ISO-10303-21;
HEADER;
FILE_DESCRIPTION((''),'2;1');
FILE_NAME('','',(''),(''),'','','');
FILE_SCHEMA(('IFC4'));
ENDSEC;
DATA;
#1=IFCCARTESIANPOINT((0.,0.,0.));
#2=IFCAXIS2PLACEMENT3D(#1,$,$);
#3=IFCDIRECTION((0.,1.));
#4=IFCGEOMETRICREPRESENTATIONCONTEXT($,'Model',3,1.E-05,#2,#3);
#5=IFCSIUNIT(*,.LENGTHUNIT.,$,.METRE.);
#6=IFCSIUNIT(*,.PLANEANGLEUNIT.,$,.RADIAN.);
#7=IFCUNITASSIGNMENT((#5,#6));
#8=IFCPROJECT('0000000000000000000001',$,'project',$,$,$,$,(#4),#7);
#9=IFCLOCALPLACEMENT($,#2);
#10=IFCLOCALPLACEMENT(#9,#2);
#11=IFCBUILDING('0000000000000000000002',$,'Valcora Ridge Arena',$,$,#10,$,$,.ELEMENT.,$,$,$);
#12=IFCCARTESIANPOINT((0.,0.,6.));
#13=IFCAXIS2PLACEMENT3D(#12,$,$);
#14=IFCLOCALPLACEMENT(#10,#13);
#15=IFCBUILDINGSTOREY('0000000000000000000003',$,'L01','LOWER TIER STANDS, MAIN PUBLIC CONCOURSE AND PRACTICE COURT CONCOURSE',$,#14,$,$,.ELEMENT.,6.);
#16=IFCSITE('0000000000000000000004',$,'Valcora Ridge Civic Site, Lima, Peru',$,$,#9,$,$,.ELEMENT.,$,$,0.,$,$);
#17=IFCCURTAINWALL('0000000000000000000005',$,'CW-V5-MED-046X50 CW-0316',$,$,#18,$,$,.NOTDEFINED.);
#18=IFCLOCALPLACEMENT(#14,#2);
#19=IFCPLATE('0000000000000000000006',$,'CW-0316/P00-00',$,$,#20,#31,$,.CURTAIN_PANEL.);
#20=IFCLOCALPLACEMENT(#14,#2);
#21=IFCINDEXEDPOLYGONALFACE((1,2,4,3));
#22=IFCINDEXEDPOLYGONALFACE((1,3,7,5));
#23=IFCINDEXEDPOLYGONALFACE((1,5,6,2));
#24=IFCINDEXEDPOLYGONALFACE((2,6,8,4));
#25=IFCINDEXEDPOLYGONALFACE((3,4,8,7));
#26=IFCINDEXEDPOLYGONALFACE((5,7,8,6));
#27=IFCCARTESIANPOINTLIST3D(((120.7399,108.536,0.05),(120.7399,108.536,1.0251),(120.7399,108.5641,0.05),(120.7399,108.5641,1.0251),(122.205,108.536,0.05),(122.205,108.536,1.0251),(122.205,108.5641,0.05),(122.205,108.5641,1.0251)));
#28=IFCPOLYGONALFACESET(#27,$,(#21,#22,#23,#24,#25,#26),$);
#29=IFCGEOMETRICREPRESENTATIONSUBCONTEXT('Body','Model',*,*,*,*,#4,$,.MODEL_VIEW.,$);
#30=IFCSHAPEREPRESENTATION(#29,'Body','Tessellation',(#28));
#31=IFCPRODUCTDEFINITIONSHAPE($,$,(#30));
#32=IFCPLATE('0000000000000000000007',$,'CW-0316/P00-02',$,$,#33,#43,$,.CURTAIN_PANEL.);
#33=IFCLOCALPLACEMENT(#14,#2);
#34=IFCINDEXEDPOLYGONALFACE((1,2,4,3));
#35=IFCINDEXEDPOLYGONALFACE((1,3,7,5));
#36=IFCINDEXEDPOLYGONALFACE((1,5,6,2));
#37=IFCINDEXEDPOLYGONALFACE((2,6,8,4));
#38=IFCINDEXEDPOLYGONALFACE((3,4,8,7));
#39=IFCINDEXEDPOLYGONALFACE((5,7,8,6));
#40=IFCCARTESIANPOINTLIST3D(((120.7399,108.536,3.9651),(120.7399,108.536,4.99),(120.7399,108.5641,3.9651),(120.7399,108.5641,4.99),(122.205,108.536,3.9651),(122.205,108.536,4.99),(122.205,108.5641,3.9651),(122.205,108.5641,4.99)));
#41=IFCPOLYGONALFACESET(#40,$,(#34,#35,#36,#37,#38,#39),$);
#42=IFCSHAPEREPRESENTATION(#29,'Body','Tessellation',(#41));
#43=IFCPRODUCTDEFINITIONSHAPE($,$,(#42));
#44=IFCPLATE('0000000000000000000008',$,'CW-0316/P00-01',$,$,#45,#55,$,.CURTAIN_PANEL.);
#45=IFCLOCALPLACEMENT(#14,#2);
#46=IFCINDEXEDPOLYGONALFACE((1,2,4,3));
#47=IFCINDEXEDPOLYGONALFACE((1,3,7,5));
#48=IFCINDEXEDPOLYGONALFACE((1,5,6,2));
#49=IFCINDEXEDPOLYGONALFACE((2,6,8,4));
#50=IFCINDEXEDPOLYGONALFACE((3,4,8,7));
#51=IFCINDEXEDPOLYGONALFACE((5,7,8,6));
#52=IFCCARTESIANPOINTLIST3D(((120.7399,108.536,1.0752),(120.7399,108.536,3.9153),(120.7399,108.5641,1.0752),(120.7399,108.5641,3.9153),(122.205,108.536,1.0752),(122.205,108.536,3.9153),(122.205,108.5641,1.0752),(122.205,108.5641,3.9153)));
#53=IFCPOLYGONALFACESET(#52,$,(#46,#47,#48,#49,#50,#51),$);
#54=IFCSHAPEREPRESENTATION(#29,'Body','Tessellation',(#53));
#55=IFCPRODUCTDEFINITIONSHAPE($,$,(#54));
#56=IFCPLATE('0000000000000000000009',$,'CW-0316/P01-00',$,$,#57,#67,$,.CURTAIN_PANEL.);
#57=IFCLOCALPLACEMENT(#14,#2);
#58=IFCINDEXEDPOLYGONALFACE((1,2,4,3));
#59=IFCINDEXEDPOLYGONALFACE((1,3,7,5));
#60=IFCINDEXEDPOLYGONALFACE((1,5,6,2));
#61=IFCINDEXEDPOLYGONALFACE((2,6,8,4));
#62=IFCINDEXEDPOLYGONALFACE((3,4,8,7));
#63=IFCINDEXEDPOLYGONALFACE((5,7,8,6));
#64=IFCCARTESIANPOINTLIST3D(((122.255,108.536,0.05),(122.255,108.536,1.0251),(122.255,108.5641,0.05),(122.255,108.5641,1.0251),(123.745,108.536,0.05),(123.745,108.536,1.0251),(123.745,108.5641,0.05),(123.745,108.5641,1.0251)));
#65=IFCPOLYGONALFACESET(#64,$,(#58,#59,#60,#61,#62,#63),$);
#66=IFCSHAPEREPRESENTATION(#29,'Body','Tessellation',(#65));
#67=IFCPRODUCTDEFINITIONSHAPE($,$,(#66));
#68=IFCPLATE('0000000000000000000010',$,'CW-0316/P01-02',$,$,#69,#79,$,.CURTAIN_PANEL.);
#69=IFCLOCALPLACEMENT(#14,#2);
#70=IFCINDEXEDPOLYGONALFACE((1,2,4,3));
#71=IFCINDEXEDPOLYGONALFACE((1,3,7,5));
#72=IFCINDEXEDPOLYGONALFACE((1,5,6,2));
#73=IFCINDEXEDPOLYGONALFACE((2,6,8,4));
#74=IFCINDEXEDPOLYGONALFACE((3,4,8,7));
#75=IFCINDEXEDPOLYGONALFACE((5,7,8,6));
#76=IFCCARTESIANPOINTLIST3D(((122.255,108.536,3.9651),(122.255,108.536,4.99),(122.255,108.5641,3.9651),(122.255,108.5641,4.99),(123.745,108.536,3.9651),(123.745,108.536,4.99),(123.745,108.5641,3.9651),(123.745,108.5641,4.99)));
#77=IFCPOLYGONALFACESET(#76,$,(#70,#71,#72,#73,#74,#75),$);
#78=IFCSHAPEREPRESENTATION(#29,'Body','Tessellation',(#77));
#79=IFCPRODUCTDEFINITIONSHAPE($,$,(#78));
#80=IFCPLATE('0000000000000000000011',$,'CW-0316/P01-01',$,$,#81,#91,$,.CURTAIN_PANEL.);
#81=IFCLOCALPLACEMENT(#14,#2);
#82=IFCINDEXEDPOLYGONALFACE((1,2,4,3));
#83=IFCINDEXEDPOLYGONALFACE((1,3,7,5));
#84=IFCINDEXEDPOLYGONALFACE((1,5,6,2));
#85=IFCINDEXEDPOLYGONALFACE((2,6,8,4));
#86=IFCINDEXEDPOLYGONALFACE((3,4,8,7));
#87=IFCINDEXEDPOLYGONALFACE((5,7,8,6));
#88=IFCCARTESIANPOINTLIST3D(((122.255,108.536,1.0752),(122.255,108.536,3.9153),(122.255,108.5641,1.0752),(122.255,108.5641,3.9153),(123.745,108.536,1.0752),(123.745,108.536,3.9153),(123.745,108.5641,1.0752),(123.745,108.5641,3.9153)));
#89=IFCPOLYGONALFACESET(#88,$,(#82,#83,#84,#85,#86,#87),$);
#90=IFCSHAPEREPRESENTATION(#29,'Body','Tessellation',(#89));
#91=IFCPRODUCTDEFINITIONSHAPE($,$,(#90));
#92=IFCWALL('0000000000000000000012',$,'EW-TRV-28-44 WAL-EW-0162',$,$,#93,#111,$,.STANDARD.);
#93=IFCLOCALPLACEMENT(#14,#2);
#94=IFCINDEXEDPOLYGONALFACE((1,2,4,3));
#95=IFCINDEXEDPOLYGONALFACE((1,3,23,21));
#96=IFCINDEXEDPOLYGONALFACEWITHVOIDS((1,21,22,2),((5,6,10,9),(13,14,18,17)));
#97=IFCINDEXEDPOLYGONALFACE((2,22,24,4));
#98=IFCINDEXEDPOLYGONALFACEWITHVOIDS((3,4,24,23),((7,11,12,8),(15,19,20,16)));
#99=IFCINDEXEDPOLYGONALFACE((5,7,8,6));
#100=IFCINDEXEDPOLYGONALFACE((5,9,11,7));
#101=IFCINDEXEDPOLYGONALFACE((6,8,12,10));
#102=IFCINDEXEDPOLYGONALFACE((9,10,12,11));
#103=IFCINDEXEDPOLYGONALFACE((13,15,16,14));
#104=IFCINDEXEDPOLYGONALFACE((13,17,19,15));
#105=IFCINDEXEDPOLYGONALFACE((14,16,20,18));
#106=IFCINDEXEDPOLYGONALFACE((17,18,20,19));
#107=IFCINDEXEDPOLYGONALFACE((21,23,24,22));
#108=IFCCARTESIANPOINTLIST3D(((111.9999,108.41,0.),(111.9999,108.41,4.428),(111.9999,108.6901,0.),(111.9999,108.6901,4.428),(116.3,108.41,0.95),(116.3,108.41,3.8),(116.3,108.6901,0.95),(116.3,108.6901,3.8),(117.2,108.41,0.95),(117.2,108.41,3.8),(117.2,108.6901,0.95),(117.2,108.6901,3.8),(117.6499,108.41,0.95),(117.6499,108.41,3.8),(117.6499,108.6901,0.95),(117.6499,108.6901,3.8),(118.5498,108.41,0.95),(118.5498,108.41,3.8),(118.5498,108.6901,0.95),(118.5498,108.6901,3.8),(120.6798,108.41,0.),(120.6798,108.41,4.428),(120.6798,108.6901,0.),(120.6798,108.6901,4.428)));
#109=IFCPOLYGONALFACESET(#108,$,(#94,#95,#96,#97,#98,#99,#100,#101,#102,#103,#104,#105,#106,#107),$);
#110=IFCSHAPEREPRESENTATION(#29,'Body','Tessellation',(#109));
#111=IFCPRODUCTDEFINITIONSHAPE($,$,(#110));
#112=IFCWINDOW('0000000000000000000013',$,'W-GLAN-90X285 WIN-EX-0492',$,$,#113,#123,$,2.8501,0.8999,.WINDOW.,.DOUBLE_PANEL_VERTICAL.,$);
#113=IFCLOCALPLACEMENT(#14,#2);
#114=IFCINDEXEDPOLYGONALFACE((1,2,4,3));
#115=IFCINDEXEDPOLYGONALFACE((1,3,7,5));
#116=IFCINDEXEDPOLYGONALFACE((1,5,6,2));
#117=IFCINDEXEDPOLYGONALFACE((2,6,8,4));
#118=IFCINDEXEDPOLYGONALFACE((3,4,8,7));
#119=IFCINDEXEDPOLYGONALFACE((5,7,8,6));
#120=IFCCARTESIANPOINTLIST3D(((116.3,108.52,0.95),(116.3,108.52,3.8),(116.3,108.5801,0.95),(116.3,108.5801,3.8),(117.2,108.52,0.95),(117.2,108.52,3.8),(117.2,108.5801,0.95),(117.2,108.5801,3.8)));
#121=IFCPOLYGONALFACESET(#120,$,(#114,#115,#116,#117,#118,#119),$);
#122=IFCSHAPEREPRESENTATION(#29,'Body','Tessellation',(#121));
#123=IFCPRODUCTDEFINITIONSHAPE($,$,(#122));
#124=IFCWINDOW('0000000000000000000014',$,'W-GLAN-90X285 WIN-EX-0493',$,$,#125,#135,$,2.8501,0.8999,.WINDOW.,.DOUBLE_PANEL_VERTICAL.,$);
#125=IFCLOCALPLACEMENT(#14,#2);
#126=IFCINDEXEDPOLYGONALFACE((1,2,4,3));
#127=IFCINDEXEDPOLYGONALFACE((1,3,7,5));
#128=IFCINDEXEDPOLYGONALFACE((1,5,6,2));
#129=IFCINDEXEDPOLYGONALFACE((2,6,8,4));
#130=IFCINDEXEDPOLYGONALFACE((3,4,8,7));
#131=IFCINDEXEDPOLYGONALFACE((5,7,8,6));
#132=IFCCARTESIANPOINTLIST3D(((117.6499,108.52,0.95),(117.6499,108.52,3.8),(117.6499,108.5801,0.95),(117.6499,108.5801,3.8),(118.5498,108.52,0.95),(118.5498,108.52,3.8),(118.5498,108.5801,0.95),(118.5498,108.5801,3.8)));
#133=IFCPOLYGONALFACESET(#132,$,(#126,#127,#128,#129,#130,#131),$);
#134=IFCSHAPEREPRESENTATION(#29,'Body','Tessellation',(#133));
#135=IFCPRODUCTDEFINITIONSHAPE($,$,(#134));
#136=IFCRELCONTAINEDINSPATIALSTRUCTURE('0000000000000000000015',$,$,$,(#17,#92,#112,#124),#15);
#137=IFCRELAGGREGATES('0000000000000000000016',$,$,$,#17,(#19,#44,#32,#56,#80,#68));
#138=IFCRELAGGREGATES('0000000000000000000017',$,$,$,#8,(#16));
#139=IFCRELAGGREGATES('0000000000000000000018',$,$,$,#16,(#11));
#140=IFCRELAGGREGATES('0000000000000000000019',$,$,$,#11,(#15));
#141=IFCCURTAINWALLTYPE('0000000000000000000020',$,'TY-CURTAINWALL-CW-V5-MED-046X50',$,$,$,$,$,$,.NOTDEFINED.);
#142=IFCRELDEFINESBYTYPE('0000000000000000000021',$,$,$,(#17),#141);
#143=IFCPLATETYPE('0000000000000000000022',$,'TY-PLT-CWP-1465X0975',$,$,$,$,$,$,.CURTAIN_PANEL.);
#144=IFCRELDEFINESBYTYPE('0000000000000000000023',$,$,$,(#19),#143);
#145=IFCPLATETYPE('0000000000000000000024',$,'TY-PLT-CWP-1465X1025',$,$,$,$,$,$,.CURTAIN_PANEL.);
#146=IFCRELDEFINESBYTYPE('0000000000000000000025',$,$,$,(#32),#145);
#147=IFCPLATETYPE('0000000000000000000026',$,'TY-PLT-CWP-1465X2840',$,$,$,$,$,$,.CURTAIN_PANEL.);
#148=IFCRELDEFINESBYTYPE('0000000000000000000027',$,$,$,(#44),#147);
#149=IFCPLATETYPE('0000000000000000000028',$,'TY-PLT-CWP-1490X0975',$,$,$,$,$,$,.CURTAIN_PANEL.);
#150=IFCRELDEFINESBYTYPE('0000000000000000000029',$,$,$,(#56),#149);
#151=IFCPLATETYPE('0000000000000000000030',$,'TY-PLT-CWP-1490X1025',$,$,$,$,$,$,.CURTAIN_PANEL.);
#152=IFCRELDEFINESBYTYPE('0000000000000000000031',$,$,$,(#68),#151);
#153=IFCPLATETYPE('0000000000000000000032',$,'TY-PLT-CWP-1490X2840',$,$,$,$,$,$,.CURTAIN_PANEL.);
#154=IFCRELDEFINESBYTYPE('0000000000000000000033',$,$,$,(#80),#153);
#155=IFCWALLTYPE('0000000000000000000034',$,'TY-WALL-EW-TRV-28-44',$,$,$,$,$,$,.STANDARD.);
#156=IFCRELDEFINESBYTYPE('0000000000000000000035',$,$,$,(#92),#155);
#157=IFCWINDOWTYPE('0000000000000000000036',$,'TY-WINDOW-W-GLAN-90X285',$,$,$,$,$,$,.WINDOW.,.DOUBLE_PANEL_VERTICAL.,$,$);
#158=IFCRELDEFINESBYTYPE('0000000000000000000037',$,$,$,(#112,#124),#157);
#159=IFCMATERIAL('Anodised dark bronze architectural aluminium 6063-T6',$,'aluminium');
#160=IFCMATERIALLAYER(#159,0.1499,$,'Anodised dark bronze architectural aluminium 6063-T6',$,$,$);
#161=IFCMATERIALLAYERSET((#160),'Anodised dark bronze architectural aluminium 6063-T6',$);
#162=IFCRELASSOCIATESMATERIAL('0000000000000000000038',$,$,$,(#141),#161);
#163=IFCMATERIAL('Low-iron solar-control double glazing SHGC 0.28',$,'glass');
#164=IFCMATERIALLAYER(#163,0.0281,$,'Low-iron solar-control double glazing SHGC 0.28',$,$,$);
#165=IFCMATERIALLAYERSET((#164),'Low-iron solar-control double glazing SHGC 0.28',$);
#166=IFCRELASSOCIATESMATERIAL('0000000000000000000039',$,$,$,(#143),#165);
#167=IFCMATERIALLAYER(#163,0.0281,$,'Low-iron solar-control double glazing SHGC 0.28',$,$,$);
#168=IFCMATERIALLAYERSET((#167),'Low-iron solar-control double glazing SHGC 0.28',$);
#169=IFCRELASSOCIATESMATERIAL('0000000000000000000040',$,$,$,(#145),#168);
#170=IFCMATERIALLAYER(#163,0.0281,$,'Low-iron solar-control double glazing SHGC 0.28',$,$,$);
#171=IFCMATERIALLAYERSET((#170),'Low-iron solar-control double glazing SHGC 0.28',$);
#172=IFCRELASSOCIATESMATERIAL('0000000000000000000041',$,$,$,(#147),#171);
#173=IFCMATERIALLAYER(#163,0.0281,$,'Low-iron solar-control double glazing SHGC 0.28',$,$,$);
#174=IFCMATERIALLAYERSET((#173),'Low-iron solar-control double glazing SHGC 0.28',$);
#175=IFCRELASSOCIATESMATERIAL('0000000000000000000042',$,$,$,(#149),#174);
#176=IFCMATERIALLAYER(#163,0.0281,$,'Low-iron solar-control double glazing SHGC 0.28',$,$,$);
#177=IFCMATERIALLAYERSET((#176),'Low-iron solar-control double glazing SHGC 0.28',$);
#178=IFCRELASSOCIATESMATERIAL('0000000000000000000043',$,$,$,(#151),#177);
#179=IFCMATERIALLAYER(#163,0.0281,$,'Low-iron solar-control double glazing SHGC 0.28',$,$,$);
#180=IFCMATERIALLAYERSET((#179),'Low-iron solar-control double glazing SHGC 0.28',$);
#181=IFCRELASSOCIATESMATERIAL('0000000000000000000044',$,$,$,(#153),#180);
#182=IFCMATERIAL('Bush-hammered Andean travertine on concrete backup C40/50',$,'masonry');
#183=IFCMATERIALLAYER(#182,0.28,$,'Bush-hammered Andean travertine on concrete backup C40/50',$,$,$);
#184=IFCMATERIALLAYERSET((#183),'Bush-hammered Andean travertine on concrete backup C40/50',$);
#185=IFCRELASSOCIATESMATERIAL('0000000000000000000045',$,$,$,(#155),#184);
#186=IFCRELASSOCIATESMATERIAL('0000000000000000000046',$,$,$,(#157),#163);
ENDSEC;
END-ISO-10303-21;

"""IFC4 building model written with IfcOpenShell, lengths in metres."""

from ifc_helpers import new_model, si_unit, direction, frame, frame_2d, origin, origin_2d, place, context, subcontext, project, spatial, rectangle, extrude, material, layer, layer_set, type_object, element, fill, aggregate, save


model = new_model("IFC4")

# Units and contexts
model_context = context("Model", 3, precision=1e-05, world=origin(), true_north=direction((0.0, 1.0)))
body_context = subcontext(model_context, "Body", "Model", "MODEL_VIEW")
ifc_project = project(units=[si_unit("LENGTHUNIT", "METRE"), si_unit("PLANEANGLEUNIT", "RADIAN")], contexts=[model_context])

# Site, building, storey
site_placement = place(None, origin())
site = spatial("IfcSite", under=ifc_project, at=site_placement, Name="Valcora Ridge Civic Site, Lima, Peru", CompositionType="ELEMENT", RefElevation=0.0)
building_placement = place(site_placement, origin())
building = spatial("IfcBuilding", under=site, at=building_placement, Name="Valcora Ridge Arena", CompositionType="ELEMENT")
storey_placement = place(building_placement, frame((0.0, 0.0, 6.0)))
storey = spatial("IfcBuildingStorey", under=building, at=storey_placement, Name="L01", Description="LOWER TIER STANDS, MAIN PUBLIC CONCOURSE AND PRACTICE COURT CONCOURSE", CompositionType="ELEMENT", Elevation=6.0)

# Curtain wall, plates
ifc_material_1 = material(Name="Anodised dark bronze architectural aluminium 6063-T6", Category="aluminium")
ifc_layer_1 = layer(ifc_material_1, 0.1499, Name="Anodised dark bronze architectural aluminium 6063-T6")
ifc_layer_set_1 = layer_set([ifc_layer_1], Name="Anodised dark bronze architectural aluminium 6063-T6")
curtain_wall_type = type_object("IfcCurtainWallType", Name="TY-CURTAINWALL-CW-V5-MED-046X50", PredefinedType="NOTDEFINED", material=ifc_layer_set_1)
curtain_wall_placement = place(storey_placement, origin())
curtain_wall = element("IfcCurtainWall", 1, at=curtain_wall_placement, inside=storey, type_object=curtain_wall_type, Name="CW-V5-MED-046X50 CW-0316", PredefinedType="NOTDEFINED")
ifc_material_2 = material(Name="Low-iron solar-control double glazing SHGC 0.28", Category="glass")
ifc_layer_2 = layer(ifc_material_2, 0.0281, Name="Low-iron solar-control double glazing SHGC 0.28")
ifc_layer_set_2 = layer_set([ifc_layer_2], Name="Low-iron solar-control double glazing SHGC 0.28")
plate_type_1 = type_object("IfcPlateType", Name="TY-PLT-CWP-1465X0975", PredefinedType="CURTAIN_PANEL", material=ifc_layer_set_2)
plate_1_placement = place(storey_placement, frame((121.4724, 108.55, 0.05), z_axis=(0.0, 0.0, 1.0), x_axis=(1.0, 0.0, 0.0)))
plate_1 = element("IfcPlate", 2, at=plate_1_placement, type_object=plate_type_1, Name="CW-0316/P00-00", PredefinedType="CURTAIN_PANEL", context=body_context, shape_type="SweptSolid", body=[
    extrude(rectangle(XDim=1.4651, YDim=0.0281, at=origin_2d()), origin(), (0.0, 0.0, 1.0), 0.9751),
])
ifc_layer_3 = layer(ifc_material_2, 0.0281, Name="Low-iron solar-control double glazing SHGC 0.28")
ifc_layer_set_3 = layer_set([ifc_layer_3], Name="Low-iron solar-control double glazing SHGC 0.28")
plate_type_2 = type_object("IfcPlateType", Name="TY-PLT-CWP-1465X1025", PredefinedType="CURTAIN_PANEL", material=ifc_layer_set_3)
plate_2_placement = place(storey_placement, frame((121.4724, 108.55, 3.9651), z_axis=(0.0, 0.0, 1.0), x_axis=(1.0, 0.0, 0.0)))
plate_2 = element("IfcPlate", 3, at=plate_2_placement, type_object=plate_type_2, Name="CW-0316/P00-02", PredefinedType="CURTAIN_PANEL", context=body_context, shape_type="SweptSolid", body=[
    extrude(rectangle(XDim=1.4651, YDim=0.0281, at=origin_2d()), origin(), (0.0, 0.0, 1.0), 1.0249),
])
ifc_layer_4 = layer(ifc_material_2, 0.0281, Name="Low-iron solar-control double glazing SHGC 0.28")
ifc_layer_set_4 = layer_set([ifc_layer_4], Name="Low-iron solar-control double glazing SHGC 0.28")
plate_type_3 = type_object("IfcPlateType", Name="TY-PLT-CWP-1465X2840", PredefinedType="CURTAIN_PANEL", material=ifc_layer_set_4)
plate_3_placement = place(storey_placement, frame((121.4724, 108.55, 1.0752), z_axis=(0.0, 0.0, 1.0), x_axis=(1.0, 0.0, 0.0)))
plate_3 = element("IfcPlate", 4, at=plate_3_placement, type_object=plate_type_3, Name="CW-0316/P00-01", PredefinedType="CURTAIN_PANEL", context=body_context, shape_type="SweptSolid", body=[
    extrude(rectangle(XDim=1.4651, YDim=0.0281, at=origin_2d()), origin(), (0.0, 0.0, 1.0), 2.8401),
])
ifc_layer_5 = layer(ifc_material_2, 0.0281, Name="Low-iron solar-control double glazing SHGC 0.28")
ifc_layer_set_5 = layer_set([ifc_layer_5], Name="Low-iron solar-control double glazing SHGC 0.28")
plate_type_4 = type_object("IfcPlateType", Name="TY-PLT-CWP-1490X0975", PredefinedType="CURTAIN_PANEL", material=ifc_layer_set_5)
plate_4_placement = place(storey_placement, frame((123.0, 108.55, 0.05), z_axis=(0.0, 0.0, 1.0), x_axis=(1.0, 0.0, 0.0)))
plate_4 = element("IfcPlate", 5, at=plate_4_placement, type_object=plate_type_4, Name="CW-0316/P01-00", PredefinedType="CURTAIN_PANEL", context=body_context, shape_type="SweptSolid", body=[
    extrude(rectangle(XDim=1.49, YDim=0.0281, at=origin_2d()), origin(), (0.0, 0.0, 1.0), 0.9751),
])
ifc_layer_6 = layer(ifc_material_2, 0.0281, Name="Low-iron solar-control double glazing SHGC 0.28")
ifc_layer_set_6 = layer_set([ifc_layer_6], Name="Low-iron solar-control double glazing SHGC 0.28")
plate_type_5 = type_object("IfcPlateType", Name="TY-PLT-CWP-1490X1025", PredefinedType="CURTAIN_PANEL", material=ifc_layer_set_6)
plate_5_placement = place(storey_placement, frame((123.0, 108.55, 3.9651), z_axis=(0.0, 0.0, 1.0), x_axis=(1.0, 0.0, 0.0)))
plate_5 = element("IfcPlate", 6, at=plate_5_placement, type_object=plate_type_5, Name="CW-0316/P01-02", PredefinedType="CURTAIN_PANEL", context=body_context, shape_type="SweptSolid", body=[
    extrude(rectangle(XDim=1.49, YDim=0.0281, at=origin_2d()), origin(), (0.0, 0.0, 1.0), 1.0249),
])
ifc_layer_7 = layer(ifc_material_2, 0.0281, Name="Low-iron solar-control double glazing SHGC 0.28")
ifc_layer_set_7 = layer_set([ifc_layer_7], Name="Low-iron solar-control double glazing SHGC 0.28")
plate_type_6 = type_object("IfcPlateType", Name="TY-PLT-CWP-1490X2840", PredefinedType="CURTAIN_PANEL", material=ifc_layer_set_7)
plate_6_placement = place(storey_placement, frame((123.0, 108.55, 1.0752), z_axis=(0.0, 0.0, 1.0), x_axis=(1.0, 0.0, 0.0)))
plate_6 = element("IfcPlate", 7, at=plate_6_placement, type_object=plate_type_6, Name="CW-0316/P01-01", PredefinedType="CURTAIN_PANEL", context=body_context, shape_type="SweptSolid", body=[
    extrude(rectangle(XDim=1.49, YDim=0.0281, at=origin_2d()), origin(), (0.0, 0.0, 1.0), 2.8401),
])
aggregate(curtain_wall, [plate_1, plate_3, plate_2, plate_4, plate_6, plate_5])

# Wall, openings, windows
ifc_material_3 = material(Name="Bush-hammered Andean travertine on concrete backup C40/50", Category="masonry")
ifc_layer_8 = layer(ifc_material_3, 0.28, Name="Bush-hammered Andean travertine on concrete backup C40/50")
ifc_layer_set_8 = layer_set([ifc_layer_8], Name="Bush-hammered Andean travertine on concrete backup C40/50")
wall_type = type_object("IfcWallType", Name="TY-WALL-EW-TRV-28-44", PredefinedType="STANDARD", material=ifc_layer_set_8)
wall_placement = place(storey_placement, frame((112.0, 108.55, 0.0), z_axis=(0.0, 0.0, 1.0), x_axis=(1.0, 0.0, 0.0)))
wall = element("IfcWall", 8, at=wall_placement, inside=storey, type_object=wall_type, Name="EW-TRV-28-44 WAL-EW-0162", PredefinedType="STANDARD", context=body_context, shape_type="SweptSolid", body=[
    extrude(rectangle(XDim=8.6799, YDim=0.28, at=frame_2d((4.3398, 0.0))), origin(), (0.0, 0.0, 1.0), 4.428),
])
opening_1_placement = place(wall_placement, frame((4.3, 0.0, 0.95)))
opening_1 = element("IfcOpeningElement", 9, at=opening_1_placement, cuts=wall, PredefinedType="OPENING", context=body_context, shape_type="SweptSolid", body=[
    extrude(rectangle(XDim=0.8999, YDim=2.8501, at=frame_2d((0.45, 1.425))), frame((0.0, 0.1499, 0.0), z_axis=(0.0, -1.0, 0.0), x_axis=(1.0, 0.0, 0.0)), (0.0, 0.0, 1.0), 0.3),
])
opening_2_placement = place(wall_placement, frame((5.6499, 0.0, 0.95)))
opening_2 = element("IfcOpeningElement", 10, at=opening_2_placement, cuts=wall, PredefinedType="OPENING", context=body_context, shape_type="SweptSolid", body=[
    extrude(rectangle(XDim=0.8999, YDim=2.8501, at=frame_2d((0.45, 1.425))), frame((0.0, 0.1499, 0.0), z_axis=(0.0, -1.0, 0.0), x_axis=(1.0, 0.0, 0.0)), (0.0, 0.0, 1.0), 0.3),
])
window_type = type_object("IfcWindowType", Name="TY-WINDOW-W-GLAN-90X285", PartitioningType="DOUBLE_PANEL_VERTICAL", PredefinedType="WINDOW", material=ifc_material_2)
window_1_placement = place(opening_1_placement, origin())
window_1 = element("IfcWindow", 11, at=window_1_placement, inside=storey, type_object=window_type, Name="W-GLAN-90X285 WIN-EX-0492", OverallHeight=2.8501, OverallWidth=0.8999, PartitioningType="DOUBLE_PANEL_VERTICAL", PredefinedType="WINDOW", context=body_context, shape_type="SweptSolid", body=[
    extrude(rectangle(XDim=0.8999, YDim=2.8501, at=frame_2d((0.45, 1.425))), frame((0.0, 0.03, 0.0), z_axis=(0.0, -1.0, 0.0), x_axis=(1.0, 0.0, 0.0)), (0.0, 0.0, 1.0), 0.0601),
])
fill(opening_1, window_1)
window_2_placement = place(opening_2_placement, origin())
window_2 = element("IfcWindow", 12, at=window_2_placement, inside=storey, type_object=window_type, Name="W-GLAN-90X285 WIN-EX-0493", OverallHeight=2.8501, OverallWidth=0.8999, PartitioningType="DOUBLE_PANEL_VERTICAL", PredefinedType="WINDOW", context=body_context, shape_type="SweptSolid", body=[
    extrude(rectangle(XDim=0.8999, YDim=2.8501, at=frame_2d((0.45, 1.425))), frame((0.0, 0.03, 0.0), z_axis=(0.0, -1.0, 0.0), x_axis=(1.0, 0.0, 0.0)), (0.0, 0.0, 1.0), 0.0601),
])
fill(opening_2, window_2)

save(model, "model.ifc")
